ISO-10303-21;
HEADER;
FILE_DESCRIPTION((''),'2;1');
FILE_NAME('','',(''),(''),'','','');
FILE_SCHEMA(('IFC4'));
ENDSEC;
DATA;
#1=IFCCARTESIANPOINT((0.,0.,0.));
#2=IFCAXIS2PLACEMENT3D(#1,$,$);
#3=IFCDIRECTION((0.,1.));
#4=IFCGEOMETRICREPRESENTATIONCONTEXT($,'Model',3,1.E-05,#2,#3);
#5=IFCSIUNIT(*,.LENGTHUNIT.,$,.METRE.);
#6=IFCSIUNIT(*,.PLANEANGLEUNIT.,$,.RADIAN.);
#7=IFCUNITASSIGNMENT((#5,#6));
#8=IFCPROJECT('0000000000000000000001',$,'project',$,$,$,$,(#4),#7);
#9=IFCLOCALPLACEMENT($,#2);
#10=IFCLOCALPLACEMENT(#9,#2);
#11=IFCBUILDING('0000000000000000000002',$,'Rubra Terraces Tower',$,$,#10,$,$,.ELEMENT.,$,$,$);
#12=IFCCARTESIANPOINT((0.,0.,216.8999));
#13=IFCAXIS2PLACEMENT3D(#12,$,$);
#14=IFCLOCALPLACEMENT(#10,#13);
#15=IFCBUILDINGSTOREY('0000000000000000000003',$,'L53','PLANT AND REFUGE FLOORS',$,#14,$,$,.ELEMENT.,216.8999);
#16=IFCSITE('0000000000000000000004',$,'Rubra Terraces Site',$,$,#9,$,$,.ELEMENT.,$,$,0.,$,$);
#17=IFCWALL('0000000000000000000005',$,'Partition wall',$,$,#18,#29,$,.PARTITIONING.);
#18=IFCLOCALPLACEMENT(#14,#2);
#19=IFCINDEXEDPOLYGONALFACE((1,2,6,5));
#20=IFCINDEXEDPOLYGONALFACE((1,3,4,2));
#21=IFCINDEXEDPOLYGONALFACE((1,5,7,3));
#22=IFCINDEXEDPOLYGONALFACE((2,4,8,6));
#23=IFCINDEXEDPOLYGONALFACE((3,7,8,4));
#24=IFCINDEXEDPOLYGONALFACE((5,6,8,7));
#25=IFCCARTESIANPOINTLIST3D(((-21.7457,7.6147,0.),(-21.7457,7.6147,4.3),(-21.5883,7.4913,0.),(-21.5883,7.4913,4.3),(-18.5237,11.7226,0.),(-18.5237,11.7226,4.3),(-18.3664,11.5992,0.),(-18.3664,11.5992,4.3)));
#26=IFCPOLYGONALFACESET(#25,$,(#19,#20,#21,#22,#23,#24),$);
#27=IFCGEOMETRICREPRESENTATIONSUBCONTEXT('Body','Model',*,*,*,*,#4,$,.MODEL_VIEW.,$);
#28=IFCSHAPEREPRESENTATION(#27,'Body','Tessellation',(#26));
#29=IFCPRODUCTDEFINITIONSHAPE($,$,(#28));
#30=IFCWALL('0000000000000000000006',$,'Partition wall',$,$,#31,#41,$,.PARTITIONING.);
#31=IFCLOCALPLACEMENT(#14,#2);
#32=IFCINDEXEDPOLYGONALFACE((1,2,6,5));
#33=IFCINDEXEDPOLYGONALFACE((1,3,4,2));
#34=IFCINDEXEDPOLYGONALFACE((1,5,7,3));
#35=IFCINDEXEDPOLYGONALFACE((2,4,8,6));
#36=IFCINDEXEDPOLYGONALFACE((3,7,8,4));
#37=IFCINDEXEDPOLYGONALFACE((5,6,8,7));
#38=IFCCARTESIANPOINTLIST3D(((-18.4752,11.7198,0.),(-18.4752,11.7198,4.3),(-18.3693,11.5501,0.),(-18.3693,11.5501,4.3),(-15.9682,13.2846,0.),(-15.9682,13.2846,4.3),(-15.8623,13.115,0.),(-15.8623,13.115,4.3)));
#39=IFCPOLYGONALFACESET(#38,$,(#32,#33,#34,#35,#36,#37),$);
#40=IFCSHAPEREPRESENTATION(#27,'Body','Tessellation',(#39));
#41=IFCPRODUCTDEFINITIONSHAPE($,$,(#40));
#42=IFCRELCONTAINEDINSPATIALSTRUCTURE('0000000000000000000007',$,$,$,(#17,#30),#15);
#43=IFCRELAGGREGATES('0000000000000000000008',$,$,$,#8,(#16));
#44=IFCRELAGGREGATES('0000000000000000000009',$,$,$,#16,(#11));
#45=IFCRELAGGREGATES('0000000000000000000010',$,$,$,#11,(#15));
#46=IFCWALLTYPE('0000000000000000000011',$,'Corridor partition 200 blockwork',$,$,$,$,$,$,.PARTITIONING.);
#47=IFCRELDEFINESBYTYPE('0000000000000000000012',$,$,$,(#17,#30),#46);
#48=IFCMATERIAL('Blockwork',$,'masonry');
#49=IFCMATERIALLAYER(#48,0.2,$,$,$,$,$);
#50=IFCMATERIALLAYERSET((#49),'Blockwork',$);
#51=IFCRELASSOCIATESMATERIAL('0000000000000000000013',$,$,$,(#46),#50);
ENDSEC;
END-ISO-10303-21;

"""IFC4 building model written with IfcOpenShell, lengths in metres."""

from ifc_helpers import new_model, si_unit, direction, frame, frame_2d, origin, place, context, subcontext, project, spatial, rectangle, extrude, material, layer, layer_set, type_object, element, save


model = new_model("IFC4")

# Units and contexts
model_context = context("Model", 3, precision=1e-05, world=origin(), true_north=direction((0.0, 1.0)))
body_context = subcontext(model_context, "Body", "Model", "MODEL_VIEW")
ifc_project = project(units=[si_unit("LENGTHUNIT", "METRE"), si_unit("PLANEANGLEUNIT", "RADIAN")], contexts=[model_context])

# Site, building, storey
site_placement = place(None, origin())
site = spatial("IfcSite", under=ifc_project, at=site_placement, Name="Rubra Terraces Site", CompositionType="ELEMENT", RefElevation=0.0)
building_placement = place(site_placement, origin())
building = spatial("IfcBuilding", under=site, at=building_placement, Name="Rubra Terraces Tower", CompositionType="ELEMENT")
storey_placement = place(building_placement, frame((0.0, 0.0, 216.8999)))
storey = spatial("IfcBuildingStorey", under=building, at=storey_placement, Name="L53", Description="PLANT AND REFUGE FLOORS", CompositionType="ELEMENT", Elevation=216.8999)

# Walls
ifc_material_1 = material(Name="Blockwork", Category="masonry")
ifc_layer_1 = layer(ifc_material_1, 0.2)
ifc_layer_set_1 = layer_set([ifc_layer_1], Name="Blockwork")
wall_type_1 = type_object("IfcWallType", Name="Corridor partition 200 blockwork", PredefinedType="PARTITIONING", material=ifc_layer_set_1)
wall_1_placement = place(storey_placement, frame((-21.667, 7.553, 0.0), z_axis=(0.0, 0.0, 1.0), x_axis=(0.617144, 0.78685, 0.0)))
element("IfcWall", 1, at=wall_1_placement, inside=storey, type_object=wall_type_1, Name="Partition wall", PredefinedType="PARTITIONING", context=body_context, shape_type="SweptSolid", body=[
    extrude(rectangle(XDim=5.2207, YDim=0.2, at=frame_2d((2.6104, 0.0))), origin(), (0.0, 0.0, 1.0), 4.3),
])
wall_2_placement = place(storey_placement, frame((-18.4221, 11.635, 0.0), z_axis=(0.0, 0.0, 1.0), x_axis=(0.8483, 0.529516, 0.0)))
element("IfcWall", 2, at=wall_2_placement, inside=storey, type_object=wall_type_1, Name="Partition wall", PredefinedType="PARTITIONING", context=body_context, shape_type="SweptSolid", body=[
    extrude(rectangle(XDim=2.9553, YDim=0.2, at=frame_2d((1.4775, 0.0))), origin(), (0.0, 0.0, 1.0), 4.3),
])

save(model, "model.ifc")
